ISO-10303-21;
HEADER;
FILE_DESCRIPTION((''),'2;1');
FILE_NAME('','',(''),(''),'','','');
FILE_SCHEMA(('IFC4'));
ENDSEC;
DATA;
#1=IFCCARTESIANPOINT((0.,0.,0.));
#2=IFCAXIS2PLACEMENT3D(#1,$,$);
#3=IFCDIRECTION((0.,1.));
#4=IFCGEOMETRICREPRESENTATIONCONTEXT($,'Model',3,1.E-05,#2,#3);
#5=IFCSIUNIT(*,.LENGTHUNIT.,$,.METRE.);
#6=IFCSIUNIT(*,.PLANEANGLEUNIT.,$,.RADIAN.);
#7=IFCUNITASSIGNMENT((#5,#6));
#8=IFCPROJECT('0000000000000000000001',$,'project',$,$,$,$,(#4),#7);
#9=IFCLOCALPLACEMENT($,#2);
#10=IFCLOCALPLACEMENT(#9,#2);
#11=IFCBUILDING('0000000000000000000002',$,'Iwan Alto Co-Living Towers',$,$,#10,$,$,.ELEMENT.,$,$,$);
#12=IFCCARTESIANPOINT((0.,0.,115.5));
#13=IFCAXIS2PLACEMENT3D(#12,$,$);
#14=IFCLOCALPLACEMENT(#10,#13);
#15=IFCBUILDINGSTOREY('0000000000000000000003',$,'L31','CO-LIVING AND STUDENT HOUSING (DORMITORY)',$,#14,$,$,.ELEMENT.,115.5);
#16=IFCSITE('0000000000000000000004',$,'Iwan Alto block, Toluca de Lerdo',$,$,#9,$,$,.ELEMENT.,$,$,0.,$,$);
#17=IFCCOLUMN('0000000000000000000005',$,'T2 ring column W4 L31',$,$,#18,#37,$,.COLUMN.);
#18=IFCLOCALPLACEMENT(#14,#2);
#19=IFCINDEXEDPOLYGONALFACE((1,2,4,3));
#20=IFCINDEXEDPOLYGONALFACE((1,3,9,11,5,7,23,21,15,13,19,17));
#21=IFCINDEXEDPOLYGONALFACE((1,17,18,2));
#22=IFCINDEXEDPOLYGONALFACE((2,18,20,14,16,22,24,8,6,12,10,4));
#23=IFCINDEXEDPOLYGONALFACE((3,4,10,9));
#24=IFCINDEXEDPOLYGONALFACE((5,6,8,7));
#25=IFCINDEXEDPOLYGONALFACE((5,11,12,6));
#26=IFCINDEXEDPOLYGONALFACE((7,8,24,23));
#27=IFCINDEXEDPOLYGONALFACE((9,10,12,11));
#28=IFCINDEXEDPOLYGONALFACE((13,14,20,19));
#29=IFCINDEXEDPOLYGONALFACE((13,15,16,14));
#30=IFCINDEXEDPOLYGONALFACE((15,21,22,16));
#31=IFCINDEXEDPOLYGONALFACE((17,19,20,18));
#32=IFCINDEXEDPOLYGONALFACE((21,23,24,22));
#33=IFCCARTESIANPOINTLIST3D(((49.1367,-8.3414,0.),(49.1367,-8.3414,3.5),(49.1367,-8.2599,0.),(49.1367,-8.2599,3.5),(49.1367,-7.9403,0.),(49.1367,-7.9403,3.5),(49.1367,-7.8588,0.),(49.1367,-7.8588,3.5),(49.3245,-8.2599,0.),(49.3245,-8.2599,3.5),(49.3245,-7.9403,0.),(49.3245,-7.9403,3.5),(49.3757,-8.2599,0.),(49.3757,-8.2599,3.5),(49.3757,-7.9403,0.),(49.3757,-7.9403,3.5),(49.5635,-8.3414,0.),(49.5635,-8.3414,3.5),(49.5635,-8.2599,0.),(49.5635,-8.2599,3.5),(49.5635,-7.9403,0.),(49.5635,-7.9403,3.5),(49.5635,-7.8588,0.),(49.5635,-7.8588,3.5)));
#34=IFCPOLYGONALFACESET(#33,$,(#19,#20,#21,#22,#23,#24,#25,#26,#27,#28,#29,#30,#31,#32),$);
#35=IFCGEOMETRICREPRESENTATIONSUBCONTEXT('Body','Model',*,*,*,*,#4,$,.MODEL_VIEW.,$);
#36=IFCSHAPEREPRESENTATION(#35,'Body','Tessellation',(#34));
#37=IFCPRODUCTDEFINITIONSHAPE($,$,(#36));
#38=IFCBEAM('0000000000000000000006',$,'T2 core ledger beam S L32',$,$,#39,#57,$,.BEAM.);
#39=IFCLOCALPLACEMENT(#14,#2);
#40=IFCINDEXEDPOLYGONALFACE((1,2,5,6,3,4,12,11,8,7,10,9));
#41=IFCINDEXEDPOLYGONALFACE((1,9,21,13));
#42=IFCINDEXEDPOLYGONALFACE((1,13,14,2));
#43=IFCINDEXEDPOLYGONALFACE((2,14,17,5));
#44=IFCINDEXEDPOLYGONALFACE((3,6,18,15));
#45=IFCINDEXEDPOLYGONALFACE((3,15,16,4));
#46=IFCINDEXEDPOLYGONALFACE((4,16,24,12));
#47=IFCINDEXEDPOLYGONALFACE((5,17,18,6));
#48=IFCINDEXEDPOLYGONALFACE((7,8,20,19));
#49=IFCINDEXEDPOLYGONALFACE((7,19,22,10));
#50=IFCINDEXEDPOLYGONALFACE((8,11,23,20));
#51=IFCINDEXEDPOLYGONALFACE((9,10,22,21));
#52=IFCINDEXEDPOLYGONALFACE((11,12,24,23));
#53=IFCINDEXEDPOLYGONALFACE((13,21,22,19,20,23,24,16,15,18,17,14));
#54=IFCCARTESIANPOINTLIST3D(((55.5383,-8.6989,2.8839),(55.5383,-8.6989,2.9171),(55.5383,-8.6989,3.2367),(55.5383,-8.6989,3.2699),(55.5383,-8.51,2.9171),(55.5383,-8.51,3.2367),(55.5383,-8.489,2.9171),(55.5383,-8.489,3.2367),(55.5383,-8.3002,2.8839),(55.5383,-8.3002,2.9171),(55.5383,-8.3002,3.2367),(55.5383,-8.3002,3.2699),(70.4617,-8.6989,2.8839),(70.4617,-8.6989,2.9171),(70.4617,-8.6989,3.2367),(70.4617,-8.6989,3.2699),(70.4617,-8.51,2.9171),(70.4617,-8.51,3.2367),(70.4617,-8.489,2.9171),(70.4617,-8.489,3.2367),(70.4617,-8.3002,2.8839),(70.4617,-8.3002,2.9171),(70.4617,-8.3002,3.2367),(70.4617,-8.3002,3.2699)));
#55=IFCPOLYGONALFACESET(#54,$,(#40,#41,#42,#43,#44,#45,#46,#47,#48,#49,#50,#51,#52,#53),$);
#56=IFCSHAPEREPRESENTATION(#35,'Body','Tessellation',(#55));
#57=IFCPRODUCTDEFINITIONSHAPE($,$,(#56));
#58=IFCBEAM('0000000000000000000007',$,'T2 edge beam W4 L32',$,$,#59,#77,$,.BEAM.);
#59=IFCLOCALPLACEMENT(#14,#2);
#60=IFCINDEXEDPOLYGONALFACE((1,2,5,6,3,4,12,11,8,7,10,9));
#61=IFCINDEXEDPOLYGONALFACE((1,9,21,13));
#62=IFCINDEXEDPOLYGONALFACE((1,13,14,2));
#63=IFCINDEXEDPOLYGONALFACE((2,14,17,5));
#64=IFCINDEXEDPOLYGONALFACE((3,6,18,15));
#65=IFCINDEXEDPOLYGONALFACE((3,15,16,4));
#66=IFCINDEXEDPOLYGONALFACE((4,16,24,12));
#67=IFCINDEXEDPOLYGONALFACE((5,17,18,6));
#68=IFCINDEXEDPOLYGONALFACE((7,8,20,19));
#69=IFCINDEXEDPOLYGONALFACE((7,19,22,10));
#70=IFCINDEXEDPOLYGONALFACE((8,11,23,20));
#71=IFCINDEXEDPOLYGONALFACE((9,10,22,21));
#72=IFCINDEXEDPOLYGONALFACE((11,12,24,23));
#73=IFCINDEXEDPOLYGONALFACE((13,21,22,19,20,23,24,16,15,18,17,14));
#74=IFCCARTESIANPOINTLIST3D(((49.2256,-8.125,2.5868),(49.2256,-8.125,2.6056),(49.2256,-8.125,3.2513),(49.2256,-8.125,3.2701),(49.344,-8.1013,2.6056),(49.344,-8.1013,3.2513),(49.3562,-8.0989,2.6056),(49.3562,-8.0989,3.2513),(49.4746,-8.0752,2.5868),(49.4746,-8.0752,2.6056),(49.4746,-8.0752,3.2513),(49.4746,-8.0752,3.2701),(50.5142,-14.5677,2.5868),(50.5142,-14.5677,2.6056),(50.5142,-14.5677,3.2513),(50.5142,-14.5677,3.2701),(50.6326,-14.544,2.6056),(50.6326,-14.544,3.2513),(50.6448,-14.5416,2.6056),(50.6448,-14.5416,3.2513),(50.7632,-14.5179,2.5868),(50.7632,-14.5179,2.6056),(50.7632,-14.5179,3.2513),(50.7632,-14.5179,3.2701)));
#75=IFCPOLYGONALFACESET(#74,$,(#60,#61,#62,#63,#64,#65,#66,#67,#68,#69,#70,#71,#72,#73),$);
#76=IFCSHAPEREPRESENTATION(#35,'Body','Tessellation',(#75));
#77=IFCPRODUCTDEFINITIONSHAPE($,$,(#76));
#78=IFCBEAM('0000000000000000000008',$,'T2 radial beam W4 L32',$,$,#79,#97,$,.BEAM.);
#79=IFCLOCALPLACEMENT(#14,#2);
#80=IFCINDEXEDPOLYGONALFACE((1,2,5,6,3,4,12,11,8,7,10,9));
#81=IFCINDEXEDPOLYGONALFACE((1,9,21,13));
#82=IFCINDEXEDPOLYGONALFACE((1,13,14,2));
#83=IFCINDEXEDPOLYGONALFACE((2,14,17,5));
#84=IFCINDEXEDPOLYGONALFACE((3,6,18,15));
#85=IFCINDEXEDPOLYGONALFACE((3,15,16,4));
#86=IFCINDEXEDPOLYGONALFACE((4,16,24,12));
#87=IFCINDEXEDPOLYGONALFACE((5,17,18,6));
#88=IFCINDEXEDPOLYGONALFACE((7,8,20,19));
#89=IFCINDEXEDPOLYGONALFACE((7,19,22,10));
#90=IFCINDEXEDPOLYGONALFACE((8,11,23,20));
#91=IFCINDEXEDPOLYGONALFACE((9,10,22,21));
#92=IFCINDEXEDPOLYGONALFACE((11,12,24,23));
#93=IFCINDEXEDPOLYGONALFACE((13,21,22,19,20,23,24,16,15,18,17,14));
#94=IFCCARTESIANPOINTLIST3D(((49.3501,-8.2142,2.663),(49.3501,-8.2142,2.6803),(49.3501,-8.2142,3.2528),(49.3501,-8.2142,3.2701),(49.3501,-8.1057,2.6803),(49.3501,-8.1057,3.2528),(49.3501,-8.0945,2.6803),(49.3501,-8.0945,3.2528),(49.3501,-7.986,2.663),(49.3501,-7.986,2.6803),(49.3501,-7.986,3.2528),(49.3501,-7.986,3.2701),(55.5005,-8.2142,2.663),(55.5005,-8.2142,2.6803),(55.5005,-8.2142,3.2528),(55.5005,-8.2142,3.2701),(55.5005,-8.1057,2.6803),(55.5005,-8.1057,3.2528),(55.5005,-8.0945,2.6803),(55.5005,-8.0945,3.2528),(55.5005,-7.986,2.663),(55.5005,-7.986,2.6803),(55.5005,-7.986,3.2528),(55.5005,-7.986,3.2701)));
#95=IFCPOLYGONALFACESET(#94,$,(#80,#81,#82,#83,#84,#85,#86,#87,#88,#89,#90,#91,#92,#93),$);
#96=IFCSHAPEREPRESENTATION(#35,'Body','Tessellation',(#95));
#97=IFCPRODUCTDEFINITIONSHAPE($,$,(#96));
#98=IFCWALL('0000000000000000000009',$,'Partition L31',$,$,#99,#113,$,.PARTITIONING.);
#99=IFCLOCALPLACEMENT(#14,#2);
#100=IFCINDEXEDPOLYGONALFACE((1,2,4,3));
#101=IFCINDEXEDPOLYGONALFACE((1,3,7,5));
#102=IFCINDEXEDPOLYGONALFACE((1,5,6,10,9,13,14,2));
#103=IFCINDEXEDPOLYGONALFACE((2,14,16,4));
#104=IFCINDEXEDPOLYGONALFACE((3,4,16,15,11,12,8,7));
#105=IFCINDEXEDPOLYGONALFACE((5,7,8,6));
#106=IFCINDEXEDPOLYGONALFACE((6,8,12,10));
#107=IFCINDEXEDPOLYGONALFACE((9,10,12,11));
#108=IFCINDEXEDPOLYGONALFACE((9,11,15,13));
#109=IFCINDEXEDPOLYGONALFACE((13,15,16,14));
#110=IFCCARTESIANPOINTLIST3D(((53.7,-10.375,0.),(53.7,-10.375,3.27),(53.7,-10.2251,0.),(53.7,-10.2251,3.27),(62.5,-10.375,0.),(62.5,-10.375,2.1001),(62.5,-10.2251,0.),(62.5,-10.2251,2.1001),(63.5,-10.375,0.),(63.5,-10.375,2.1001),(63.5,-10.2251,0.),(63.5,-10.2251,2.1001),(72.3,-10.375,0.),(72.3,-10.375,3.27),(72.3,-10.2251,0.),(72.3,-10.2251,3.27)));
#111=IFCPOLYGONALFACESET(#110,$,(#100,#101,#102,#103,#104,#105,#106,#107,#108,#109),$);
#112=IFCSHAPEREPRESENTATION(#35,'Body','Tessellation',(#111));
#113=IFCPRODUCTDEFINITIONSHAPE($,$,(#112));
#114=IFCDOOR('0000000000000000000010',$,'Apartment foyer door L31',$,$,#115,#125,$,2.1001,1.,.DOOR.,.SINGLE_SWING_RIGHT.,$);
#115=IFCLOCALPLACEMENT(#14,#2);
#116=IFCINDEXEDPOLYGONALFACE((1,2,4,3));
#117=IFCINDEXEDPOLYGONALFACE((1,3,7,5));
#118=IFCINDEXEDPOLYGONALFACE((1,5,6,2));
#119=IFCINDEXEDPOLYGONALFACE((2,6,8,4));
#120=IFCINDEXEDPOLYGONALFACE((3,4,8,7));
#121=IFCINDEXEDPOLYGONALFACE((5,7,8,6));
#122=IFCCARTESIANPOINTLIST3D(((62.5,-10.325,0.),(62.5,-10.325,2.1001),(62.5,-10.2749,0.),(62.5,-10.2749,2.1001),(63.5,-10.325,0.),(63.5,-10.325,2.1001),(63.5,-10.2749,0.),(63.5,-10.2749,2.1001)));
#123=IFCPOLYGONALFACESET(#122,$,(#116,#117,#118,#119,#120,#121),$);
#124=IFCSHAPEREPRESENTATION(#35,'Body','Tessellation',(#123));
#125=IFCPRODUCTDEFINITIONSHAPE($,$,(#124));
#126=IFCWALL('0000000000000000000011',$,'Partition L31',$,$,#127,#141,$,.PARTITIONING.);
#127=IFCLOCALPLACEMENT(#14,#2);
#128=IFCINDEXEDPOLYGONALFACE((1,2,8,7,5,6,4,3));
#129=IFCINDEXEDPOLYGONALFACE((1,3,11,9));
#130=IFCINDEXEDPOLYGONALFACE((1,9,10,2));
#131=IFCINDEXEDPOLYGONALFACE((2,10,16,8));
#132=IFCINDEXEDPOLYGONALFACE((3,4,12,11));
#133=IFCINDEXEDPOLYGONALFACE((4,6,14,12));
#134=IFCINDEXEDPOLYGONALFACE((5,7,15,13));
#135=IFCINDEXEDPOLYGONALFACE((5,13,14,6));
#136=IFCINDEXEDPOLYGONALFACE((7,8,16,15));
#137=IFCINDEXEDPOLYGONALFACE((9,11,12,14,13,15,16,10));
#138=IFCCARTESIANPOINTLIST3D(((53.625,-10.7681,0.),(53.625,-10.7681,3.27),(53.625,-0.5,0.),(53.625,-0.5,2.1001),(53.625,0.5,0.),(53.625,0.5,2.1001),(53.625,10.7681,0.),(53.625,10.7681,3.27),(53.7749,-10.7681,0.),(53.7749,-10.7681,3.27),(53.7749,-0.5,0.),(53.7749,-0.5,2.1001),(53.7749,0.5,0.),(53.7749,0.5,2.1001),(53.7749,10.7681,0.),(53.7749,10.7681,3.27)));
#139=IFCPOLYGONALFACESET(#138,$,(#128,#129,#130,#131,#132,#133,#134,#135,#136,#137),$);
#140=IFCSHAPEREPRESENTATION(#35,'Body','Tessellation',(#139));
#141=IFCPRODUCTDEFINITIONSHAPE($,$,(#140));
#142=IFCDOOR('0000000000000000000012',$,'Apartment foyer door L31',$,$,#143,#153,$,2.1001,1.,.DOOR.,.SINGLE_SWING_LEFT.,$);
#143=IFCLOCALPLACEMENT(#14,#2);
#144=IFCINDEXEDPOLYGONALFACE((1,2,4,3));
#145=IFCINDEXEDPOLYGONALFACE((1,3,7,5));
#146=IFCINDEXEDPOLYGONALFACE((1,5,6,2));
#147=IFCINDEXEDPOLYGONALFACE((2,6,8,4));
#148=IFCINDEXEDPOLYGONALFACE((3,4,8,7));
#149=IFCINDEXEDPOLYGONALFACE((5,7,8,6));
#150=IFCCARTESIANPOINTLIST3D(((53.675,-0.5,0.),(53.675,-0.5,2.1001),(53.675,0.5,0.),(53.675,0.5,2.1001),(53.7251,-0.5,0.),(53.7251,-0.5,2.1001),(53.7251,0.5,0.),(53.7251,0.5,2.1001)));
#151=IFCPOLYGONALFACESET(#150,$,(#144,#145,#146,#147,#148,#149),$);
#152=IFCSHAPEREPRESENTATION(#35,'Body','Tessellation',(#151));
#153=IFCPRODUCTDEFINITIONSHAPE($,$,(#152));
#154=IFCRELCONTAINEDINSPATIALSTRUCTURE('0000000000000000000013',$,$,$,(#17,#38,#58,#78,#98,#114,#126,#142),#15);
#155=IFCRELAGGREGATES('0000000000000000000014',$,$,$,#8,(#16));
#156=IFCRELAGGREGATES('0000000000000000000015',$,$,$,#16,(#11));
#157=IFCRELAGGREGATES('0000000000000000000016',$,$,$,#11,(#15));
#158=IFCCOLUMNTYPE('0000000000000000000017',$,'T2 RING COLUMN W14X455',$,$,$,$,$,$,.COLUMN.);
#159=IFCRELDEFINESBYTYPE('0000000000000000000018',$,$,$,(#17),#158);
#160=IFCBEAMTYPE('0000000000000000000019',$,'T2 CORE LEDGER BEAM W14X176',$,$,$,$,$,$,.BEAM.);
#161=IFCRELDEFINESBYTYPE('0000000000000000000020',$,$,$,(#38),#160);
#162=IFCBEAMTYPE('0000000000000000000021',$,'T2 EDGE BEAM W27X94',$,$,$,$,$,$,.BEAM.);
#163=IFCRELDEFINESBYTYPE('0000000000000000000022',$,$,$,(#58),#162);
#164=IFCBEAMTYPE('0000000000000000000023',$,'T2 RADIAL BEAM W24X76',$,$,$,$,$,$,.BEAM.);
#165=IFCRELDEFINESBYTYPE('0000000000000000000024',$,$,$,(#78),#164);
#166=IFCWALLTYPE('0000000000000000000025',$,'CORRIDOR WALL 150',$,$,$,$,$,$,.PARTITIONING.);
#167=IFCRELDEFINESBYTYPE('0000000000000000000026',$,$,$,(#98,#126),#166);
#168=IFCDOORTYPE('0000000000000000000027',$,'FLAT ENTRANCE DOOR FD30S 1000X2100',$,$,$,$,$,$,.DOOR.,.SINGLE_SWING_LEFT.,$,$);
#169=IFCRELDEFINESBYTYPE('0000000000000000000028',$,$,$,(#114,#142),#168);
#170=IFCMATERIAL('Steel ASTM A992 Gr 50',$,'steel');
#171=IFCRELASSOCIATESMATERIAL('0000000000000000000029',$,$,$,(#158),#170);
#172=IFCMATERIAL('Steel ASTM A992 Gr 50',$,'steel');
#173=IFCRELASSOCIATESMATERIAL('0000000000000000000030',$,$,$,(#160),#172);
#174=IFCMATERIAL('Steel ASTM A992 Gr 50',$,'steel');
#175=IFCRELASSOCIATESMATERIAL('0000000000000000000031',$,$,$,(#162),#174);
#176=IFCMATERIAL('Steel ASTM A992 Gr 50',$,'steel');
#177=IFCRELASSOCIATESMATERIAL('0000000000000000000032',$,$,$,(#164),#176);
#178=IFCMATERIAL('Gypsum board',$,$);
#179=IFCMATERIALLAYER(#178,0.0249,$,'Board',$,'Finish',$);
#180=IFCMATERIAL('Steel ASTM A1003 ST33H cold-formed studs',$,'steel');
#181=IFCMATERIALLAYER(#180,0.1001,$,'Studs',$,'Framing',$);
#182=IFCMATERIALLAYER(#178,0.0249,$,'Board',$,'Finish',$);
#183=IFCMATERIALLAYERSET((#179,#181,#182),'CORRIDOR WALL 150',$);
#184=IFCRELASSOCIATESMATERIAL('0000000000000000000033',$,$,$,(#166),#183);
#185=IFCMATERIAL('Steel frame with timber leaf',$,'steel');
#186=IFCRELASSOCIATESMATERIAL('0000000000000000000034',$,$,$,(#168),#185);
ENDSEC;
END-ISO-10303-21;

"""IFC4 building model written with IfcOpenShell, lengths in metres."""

from ifc_helpers import new_model, si_unit, direction, frame, frame_2d, origin, origin_2d, place, context, subcontext, project, spatial, rectangle, i_section, extrude, material, layer, layer_set, material_profile, profile_set, type_object, element, fill, save


model = new_model("IFC4")

# Units and contexts
model_context = context("Model", 3, precision=1e-05, world=origin(), true_north=direction((0.0, 1.0)))
body_context = subcontext(model_context, "Body", "Model", "MODEL_VIEW")
ifc_project = project(units=[si_unit("LENGTHUNIT", "METRE"), si_unit("PLANEANGLEUNIT", "RADIAN")], contexts=[model_context])

# Site, building, storey
site_placement = place(None, origin())
site = spatial("IfcSite", under=ifc_project, at=site_placement, Name="Iwan Alto block, Toluca de Lerdo", CompositionType="ELEMENT", RefElevation=0.0)
building_placement = place(site_placement, origin())
building = spatial("IfcBuilding", under=site, at=building_placement, Name="Iwan Alto Co-Living Towers", CompositionType="ELEMENT")
storey_placement = place(building_placement, frame((0.0, 0.0, 115.5)))
storey = spatial("IfcBuildingStorey", under=building, at=storey_placement, Name="L31", Description="CO-LIVING AND STUDENT HOUSING (DORMITORY)", CompositionType="ELEMENT", Elevation=115.5)

# Column
ifc_material_1 = material(Name="Steel ASTM A992 Gr 50", Category="steel")
ifc_material_profile_1 = material_profile(ifc_material_1, i_section(OverallWidth=0.4268, OverallDepth=0.4827, WebThickness=0.0513, FlangeThickness=0.0815, at=origin_2d()), Name="W14X455")
ifc_profile_set_1 = profile_set([ifc_material_profile_1], Name="Steel ASTM A992 Gr 50")
column_type = type_object("IfcColumnType", Name="T2 RING COLUMN W14X455", PredefinedType="COLUMN", material=ifc_profile_set_1)
column_placement = place(storey_placement, frame((49.3501, -8.1001, 0.0), z_axis=(0.0, 0.0, 1.0), x_axis=(1.0, 0.0, 0.0)))
element("IfcColumn", 1, at=column_placement, inside=storey, type_object=column_type, Name="T2 ring column W4 L31", PredefinedType="COLUMN", context=body_context, shape_type="SweptSolid", body=[
    extrude(i_section(OverallWidth=0.4268, OverallDepth=0.4827, WebThickness=0.0513, FlangeThickness=0.0815, at=origin_2d()), origin(), (0.0, 0.0, 1.0), 3.5),
])

# Beams
ifc_material_2 = material(Name="Steel ASTM A992 Gr 50", Category="steel")
ifc_material_profile_2 = material_profile(ifc_material_2, i_section(OverallWidth=0.3987, OverallDepth=0.386, WebThickness=0.021, FlangeThickness=0.0332, at=origin_2d()), Name="W14X176")
ifc_profile_set_2 = profile_set([ifc_material_profile_2], Name="Steel ASTM A992 Gr 50")
beam_type_1 = type_object("IfcBeamType", Name="T2 CORE LEDGER BEAM W14X176", PredefinedType="BEAM", material=ifc_profile_set_2)
beam_1_placement = place(storey_placement, frame((55.5383, -8.4995, 3.0769), z_axis=(1.0, 0.0, 0.0), x_axis=(0.0, 1.0, 0.0)))
element("IfcBeam", 2, at=beam_1_placement, inside=storey, type_object=beam_type_1, Name="T2 core ledger beam S L32", PredefinedType="BEAM", context=body_context, shape_type="SweptSolid", body=[
    extrude(i_section(OverallWidth=0.3987, OverallDepth=0.386, WebThickness=0.021, FlangeThickness=0.0332, at=origin_2d()), origin(), (0.0, 0.0, 1.0), 14.9233),
])
ifc_material_3 = material(Name="Steel ASTM A992 Gr 50", Category="steel")
ifc_material_profile_3 = material_profile(ifc_material_3, i_section(OverallWidth=0.2539, OverallDepth=0.6833, WebThickness=0.0125, FlangeThickness=0.0188, at=origin_2d()), Name="W27X94")
ifc_profile_set_3 = profile_set([ifc_material_profile_3], Name="Steel ASTM A992 Gr 50")
beam_type_2 = type_object("IfcBeamType", Name="T2 EDGE BEAM W27X94", PredefinedType="BEAM", material=ifc_profile_set_3)
beam_2_placement = place(storey_placement, frame((49.3501, -8.1001, 2.9285), z_axis=(0.196123, -0.980579, 0.0), x_axis=(0.980579, 0.196123, 0.0)))
element("IfcBeam", 3, at=beam_2_placement, inside=storey, type_object=beam_type_2, Name="T2 edge beam W4 L32", PredefinedType="BEAM", context=body_context, shape_type="SweptSolid", body=[
    extrude(i_section(OverallWidth=0.2539, OverallDepth=0.6833, WebThickness=0.0125, FlangeThickness=0.0188, at=origin_2d()), origin(), (0.0, 0.0, 1.0), 6.5703),
])
ifc_material_4 = material(Name="Steel ASTM A992 Gr 50", Category="steel")
ifc_material_profile_4 = material_profile(ifc_material_4, i_section(OverallWidth=0.2283, OverallDepth=0.6072, WebThickness=0.0112, FlangeThickness=0.0173, at=origin_2d()), Name="W24X76")
ifc_profile_set_4 = profile_set([ifc_material_profile_4], Name="Steel ASTM A992 Gr 50")
beam_type_3 = type_object("IfcBeamType", Name="T2 RADIAL BEAM W24X76", PredefinedType="BEAM", material=ifc_profile_set_4)
beam_3_placement = place(storey_placement, frame((49.3501, -8.1001, 2.9666), z_axis=(1.0, 0.0, 0.0), x_axis=(0.0, 1.0, 0.0)))
element("IfcBeam", 4, at=beam_3_placement, inside=storey, type_object=beam_type_3, Name="T2 radial beam W4 L32", PredefinedType="BEAM", context=body_context, shape_type="SweptSolid", body=[
    extrude(i_section(OverallWidth=0.2283, OverallDepth=0.6072, WebThickness=0.0112, FlangeThickness=0.0173, at=origin_2d()), origin(), (0.0, 0.0, 1.0), 6.1504),
])

# Walls, openings, doors
ifc_material_5 = material(Name="Gypsum board")
ifc_layer_1 = layer(ifc_material_5, 0.0249, Name="Board", Category="Finish")
ifc_material_6 = material(Name="Steel ASTM A1003 ST33H cold-formed studs", Category="steel")
ifc_layer_2 = layer(ifc_material_6, 0.1001, Name="Studs", Category="Framing")
ifc_layer_3 = layer(ifc_material_5, 0.0249, Name="Board", Category="Finish")
ifc_layer_set_1 = layer_set([ifc_layer_1, ifc_layer_2, ifc_layer_3], Name="CORRIDOR WALL 150")
wall_type_1 = type_object("IfcWallType", Name="CORRIDOR WALL 150", PredefinedType="PARTITIONING", material=ifc_layer_set_1)
wall_1_placement = place(storey_placement, frame((53.7, -10.3, 0.0), z_axis=(0.0, 0.0, 1.0), x_axis=(1.0, 0.0, 0.0)))
wall_1 = element("IfcWall", 5, at=wall_1_placement, inside=storey, type_object=wall_type_1, Name="Partition L31", PredefinedType="PARTITIONING", context=body_context, shape_type="SweptSolid", body=[
    extrude(rectangle(XDim=18.6001, YDim=0.1499, at=frame_2d((9.3, 0.0))), origin(), (0.0, 0.0, 1.0), 3.27),
])
opening_1_placement = place(wall_1_placement, frame((8.8, 0.0, 0.0)))
opening_1 = element("IfcOpeningElement", 6, at=opening_1_placement, cuts=wall_1, PredefinedType="OPENING", context=body_context, shape_type="SweptSolid", body=[
    extrude(rectangle(XDim=1.0, YDim=2.1001, at=frame_2d((0.5, 1.05))), frame((0.0, 0.085, 0.0), z_axis=(0.0, -1.0, 0.0), x_axis=(1.0, 0.0, 0.0)), (0.0, 0.0, 1.0), 0.1699),
])
ifc_material_7 = material(Name="Steel frame with timber leaf", Category="steel")
door_type_1 = type_object("IfcDoorType", Name="FLAT ENTRANCE DOOR FD30S 1000X2100", OperationType="SINGLE_SWING_LEFT", PredefinedType="DOOR", material=ifc_material_7)
door_1_placement = place(opening_1_placement, frame((1.0, 0.0, 0.0), z_axis=(0.0, 0.0, 1.0), x_axis=(-1.0, 0.0, 0.0)))
door_1 = element("IfcDoor", 7, at=door_1_placement, inside=storey, type_object=door_type_1, Name="Apartment foyer door L31", OperationType="SINGLE_SWING_RIGHT", OverallHeight=2.1001, OverallWidth=1.0, PredefinedType="DOOR", context=body_context, shape_type="SweptSolid", body=[
    extrude(rectangle(XDim=1.0, YDim=2.1001, at=frame_2d((0.5, 1.05))), frame((0.0, 0.0249, 0.0), z_axis=(0.0, -1.0, 0.0), x_axis=(1.0, 0.0, 0.0)), (0.0, 0.0, 1.0), 0.05),
])
fill(opening_1, door_1)
wall_2_placement = place(storey_placement, frame((53.7, -10.7681, 0.0), z_axis=(0.0, 0.0, 1.0), x_axis=(0.0, 1.0, 0.0)))
wall_2 = element("IfcWall", 8, at=wall_2_placement, inside=storey, type_object=wall_type_1, Name="Partition L31", PredefinedType="PARTITIONING", context=body_context, shape_type="SweptSolid", body=[
    extrude(rectangle(XDim=21.5361, YDim=0.1499, at=frame_2d((10.7681, 0.0))), origin(), (0.0, 0.0, 1.0), 3.27),
])
opening_2_placement = place(wall_2_placement, frame((10.2681, 0.0, 0.0)))
opening_2 = element("IfcOpeningElement", 9, at=opening_2_placement, cuts=wall_2, PredefinedType="OPENING", context=body_context, shape_type="SweptSolid", body=[
    extrude(rectangle(XDim=1.0, YDim=2.1001, at=frame_2d((0.5, 1.05))), frame((0.0, 0.085, 0.0), z_axis=(0.0, -1.0, 0.0), x_axis=(1.0, 0.0, 0.0)), (0.0, 0.0, 1.0), 0.1699),
])
door_2_placement = place(opening_2_placement, origin())
door_2 = element("IfcDoor", 10, at=door_2_placement, inside=storey, type_object=door_type_1, Name="Apartment foyer door L31", OperationType="SINGLE_SWING_LEFT", OverallHeight=2.1001, OverallWidth=1.0, PredefinedType="DOOR", context=body_context, shape_type="SweptSolid", body=[
    extrude(rectangle(XDim=1.0, YDim=2.1001, at=frame_2d((0.5, 1.05))), frame((0.0, 0.0249, 0.0), z_axis=(0.0, -1.0, 0.0), x_axis=(1.0, 0.0, 0.0)), (0.0, 0.0, 1.0), 0.05),
])
fill(opening_2, door_2)

save(model, "model.ifc")
